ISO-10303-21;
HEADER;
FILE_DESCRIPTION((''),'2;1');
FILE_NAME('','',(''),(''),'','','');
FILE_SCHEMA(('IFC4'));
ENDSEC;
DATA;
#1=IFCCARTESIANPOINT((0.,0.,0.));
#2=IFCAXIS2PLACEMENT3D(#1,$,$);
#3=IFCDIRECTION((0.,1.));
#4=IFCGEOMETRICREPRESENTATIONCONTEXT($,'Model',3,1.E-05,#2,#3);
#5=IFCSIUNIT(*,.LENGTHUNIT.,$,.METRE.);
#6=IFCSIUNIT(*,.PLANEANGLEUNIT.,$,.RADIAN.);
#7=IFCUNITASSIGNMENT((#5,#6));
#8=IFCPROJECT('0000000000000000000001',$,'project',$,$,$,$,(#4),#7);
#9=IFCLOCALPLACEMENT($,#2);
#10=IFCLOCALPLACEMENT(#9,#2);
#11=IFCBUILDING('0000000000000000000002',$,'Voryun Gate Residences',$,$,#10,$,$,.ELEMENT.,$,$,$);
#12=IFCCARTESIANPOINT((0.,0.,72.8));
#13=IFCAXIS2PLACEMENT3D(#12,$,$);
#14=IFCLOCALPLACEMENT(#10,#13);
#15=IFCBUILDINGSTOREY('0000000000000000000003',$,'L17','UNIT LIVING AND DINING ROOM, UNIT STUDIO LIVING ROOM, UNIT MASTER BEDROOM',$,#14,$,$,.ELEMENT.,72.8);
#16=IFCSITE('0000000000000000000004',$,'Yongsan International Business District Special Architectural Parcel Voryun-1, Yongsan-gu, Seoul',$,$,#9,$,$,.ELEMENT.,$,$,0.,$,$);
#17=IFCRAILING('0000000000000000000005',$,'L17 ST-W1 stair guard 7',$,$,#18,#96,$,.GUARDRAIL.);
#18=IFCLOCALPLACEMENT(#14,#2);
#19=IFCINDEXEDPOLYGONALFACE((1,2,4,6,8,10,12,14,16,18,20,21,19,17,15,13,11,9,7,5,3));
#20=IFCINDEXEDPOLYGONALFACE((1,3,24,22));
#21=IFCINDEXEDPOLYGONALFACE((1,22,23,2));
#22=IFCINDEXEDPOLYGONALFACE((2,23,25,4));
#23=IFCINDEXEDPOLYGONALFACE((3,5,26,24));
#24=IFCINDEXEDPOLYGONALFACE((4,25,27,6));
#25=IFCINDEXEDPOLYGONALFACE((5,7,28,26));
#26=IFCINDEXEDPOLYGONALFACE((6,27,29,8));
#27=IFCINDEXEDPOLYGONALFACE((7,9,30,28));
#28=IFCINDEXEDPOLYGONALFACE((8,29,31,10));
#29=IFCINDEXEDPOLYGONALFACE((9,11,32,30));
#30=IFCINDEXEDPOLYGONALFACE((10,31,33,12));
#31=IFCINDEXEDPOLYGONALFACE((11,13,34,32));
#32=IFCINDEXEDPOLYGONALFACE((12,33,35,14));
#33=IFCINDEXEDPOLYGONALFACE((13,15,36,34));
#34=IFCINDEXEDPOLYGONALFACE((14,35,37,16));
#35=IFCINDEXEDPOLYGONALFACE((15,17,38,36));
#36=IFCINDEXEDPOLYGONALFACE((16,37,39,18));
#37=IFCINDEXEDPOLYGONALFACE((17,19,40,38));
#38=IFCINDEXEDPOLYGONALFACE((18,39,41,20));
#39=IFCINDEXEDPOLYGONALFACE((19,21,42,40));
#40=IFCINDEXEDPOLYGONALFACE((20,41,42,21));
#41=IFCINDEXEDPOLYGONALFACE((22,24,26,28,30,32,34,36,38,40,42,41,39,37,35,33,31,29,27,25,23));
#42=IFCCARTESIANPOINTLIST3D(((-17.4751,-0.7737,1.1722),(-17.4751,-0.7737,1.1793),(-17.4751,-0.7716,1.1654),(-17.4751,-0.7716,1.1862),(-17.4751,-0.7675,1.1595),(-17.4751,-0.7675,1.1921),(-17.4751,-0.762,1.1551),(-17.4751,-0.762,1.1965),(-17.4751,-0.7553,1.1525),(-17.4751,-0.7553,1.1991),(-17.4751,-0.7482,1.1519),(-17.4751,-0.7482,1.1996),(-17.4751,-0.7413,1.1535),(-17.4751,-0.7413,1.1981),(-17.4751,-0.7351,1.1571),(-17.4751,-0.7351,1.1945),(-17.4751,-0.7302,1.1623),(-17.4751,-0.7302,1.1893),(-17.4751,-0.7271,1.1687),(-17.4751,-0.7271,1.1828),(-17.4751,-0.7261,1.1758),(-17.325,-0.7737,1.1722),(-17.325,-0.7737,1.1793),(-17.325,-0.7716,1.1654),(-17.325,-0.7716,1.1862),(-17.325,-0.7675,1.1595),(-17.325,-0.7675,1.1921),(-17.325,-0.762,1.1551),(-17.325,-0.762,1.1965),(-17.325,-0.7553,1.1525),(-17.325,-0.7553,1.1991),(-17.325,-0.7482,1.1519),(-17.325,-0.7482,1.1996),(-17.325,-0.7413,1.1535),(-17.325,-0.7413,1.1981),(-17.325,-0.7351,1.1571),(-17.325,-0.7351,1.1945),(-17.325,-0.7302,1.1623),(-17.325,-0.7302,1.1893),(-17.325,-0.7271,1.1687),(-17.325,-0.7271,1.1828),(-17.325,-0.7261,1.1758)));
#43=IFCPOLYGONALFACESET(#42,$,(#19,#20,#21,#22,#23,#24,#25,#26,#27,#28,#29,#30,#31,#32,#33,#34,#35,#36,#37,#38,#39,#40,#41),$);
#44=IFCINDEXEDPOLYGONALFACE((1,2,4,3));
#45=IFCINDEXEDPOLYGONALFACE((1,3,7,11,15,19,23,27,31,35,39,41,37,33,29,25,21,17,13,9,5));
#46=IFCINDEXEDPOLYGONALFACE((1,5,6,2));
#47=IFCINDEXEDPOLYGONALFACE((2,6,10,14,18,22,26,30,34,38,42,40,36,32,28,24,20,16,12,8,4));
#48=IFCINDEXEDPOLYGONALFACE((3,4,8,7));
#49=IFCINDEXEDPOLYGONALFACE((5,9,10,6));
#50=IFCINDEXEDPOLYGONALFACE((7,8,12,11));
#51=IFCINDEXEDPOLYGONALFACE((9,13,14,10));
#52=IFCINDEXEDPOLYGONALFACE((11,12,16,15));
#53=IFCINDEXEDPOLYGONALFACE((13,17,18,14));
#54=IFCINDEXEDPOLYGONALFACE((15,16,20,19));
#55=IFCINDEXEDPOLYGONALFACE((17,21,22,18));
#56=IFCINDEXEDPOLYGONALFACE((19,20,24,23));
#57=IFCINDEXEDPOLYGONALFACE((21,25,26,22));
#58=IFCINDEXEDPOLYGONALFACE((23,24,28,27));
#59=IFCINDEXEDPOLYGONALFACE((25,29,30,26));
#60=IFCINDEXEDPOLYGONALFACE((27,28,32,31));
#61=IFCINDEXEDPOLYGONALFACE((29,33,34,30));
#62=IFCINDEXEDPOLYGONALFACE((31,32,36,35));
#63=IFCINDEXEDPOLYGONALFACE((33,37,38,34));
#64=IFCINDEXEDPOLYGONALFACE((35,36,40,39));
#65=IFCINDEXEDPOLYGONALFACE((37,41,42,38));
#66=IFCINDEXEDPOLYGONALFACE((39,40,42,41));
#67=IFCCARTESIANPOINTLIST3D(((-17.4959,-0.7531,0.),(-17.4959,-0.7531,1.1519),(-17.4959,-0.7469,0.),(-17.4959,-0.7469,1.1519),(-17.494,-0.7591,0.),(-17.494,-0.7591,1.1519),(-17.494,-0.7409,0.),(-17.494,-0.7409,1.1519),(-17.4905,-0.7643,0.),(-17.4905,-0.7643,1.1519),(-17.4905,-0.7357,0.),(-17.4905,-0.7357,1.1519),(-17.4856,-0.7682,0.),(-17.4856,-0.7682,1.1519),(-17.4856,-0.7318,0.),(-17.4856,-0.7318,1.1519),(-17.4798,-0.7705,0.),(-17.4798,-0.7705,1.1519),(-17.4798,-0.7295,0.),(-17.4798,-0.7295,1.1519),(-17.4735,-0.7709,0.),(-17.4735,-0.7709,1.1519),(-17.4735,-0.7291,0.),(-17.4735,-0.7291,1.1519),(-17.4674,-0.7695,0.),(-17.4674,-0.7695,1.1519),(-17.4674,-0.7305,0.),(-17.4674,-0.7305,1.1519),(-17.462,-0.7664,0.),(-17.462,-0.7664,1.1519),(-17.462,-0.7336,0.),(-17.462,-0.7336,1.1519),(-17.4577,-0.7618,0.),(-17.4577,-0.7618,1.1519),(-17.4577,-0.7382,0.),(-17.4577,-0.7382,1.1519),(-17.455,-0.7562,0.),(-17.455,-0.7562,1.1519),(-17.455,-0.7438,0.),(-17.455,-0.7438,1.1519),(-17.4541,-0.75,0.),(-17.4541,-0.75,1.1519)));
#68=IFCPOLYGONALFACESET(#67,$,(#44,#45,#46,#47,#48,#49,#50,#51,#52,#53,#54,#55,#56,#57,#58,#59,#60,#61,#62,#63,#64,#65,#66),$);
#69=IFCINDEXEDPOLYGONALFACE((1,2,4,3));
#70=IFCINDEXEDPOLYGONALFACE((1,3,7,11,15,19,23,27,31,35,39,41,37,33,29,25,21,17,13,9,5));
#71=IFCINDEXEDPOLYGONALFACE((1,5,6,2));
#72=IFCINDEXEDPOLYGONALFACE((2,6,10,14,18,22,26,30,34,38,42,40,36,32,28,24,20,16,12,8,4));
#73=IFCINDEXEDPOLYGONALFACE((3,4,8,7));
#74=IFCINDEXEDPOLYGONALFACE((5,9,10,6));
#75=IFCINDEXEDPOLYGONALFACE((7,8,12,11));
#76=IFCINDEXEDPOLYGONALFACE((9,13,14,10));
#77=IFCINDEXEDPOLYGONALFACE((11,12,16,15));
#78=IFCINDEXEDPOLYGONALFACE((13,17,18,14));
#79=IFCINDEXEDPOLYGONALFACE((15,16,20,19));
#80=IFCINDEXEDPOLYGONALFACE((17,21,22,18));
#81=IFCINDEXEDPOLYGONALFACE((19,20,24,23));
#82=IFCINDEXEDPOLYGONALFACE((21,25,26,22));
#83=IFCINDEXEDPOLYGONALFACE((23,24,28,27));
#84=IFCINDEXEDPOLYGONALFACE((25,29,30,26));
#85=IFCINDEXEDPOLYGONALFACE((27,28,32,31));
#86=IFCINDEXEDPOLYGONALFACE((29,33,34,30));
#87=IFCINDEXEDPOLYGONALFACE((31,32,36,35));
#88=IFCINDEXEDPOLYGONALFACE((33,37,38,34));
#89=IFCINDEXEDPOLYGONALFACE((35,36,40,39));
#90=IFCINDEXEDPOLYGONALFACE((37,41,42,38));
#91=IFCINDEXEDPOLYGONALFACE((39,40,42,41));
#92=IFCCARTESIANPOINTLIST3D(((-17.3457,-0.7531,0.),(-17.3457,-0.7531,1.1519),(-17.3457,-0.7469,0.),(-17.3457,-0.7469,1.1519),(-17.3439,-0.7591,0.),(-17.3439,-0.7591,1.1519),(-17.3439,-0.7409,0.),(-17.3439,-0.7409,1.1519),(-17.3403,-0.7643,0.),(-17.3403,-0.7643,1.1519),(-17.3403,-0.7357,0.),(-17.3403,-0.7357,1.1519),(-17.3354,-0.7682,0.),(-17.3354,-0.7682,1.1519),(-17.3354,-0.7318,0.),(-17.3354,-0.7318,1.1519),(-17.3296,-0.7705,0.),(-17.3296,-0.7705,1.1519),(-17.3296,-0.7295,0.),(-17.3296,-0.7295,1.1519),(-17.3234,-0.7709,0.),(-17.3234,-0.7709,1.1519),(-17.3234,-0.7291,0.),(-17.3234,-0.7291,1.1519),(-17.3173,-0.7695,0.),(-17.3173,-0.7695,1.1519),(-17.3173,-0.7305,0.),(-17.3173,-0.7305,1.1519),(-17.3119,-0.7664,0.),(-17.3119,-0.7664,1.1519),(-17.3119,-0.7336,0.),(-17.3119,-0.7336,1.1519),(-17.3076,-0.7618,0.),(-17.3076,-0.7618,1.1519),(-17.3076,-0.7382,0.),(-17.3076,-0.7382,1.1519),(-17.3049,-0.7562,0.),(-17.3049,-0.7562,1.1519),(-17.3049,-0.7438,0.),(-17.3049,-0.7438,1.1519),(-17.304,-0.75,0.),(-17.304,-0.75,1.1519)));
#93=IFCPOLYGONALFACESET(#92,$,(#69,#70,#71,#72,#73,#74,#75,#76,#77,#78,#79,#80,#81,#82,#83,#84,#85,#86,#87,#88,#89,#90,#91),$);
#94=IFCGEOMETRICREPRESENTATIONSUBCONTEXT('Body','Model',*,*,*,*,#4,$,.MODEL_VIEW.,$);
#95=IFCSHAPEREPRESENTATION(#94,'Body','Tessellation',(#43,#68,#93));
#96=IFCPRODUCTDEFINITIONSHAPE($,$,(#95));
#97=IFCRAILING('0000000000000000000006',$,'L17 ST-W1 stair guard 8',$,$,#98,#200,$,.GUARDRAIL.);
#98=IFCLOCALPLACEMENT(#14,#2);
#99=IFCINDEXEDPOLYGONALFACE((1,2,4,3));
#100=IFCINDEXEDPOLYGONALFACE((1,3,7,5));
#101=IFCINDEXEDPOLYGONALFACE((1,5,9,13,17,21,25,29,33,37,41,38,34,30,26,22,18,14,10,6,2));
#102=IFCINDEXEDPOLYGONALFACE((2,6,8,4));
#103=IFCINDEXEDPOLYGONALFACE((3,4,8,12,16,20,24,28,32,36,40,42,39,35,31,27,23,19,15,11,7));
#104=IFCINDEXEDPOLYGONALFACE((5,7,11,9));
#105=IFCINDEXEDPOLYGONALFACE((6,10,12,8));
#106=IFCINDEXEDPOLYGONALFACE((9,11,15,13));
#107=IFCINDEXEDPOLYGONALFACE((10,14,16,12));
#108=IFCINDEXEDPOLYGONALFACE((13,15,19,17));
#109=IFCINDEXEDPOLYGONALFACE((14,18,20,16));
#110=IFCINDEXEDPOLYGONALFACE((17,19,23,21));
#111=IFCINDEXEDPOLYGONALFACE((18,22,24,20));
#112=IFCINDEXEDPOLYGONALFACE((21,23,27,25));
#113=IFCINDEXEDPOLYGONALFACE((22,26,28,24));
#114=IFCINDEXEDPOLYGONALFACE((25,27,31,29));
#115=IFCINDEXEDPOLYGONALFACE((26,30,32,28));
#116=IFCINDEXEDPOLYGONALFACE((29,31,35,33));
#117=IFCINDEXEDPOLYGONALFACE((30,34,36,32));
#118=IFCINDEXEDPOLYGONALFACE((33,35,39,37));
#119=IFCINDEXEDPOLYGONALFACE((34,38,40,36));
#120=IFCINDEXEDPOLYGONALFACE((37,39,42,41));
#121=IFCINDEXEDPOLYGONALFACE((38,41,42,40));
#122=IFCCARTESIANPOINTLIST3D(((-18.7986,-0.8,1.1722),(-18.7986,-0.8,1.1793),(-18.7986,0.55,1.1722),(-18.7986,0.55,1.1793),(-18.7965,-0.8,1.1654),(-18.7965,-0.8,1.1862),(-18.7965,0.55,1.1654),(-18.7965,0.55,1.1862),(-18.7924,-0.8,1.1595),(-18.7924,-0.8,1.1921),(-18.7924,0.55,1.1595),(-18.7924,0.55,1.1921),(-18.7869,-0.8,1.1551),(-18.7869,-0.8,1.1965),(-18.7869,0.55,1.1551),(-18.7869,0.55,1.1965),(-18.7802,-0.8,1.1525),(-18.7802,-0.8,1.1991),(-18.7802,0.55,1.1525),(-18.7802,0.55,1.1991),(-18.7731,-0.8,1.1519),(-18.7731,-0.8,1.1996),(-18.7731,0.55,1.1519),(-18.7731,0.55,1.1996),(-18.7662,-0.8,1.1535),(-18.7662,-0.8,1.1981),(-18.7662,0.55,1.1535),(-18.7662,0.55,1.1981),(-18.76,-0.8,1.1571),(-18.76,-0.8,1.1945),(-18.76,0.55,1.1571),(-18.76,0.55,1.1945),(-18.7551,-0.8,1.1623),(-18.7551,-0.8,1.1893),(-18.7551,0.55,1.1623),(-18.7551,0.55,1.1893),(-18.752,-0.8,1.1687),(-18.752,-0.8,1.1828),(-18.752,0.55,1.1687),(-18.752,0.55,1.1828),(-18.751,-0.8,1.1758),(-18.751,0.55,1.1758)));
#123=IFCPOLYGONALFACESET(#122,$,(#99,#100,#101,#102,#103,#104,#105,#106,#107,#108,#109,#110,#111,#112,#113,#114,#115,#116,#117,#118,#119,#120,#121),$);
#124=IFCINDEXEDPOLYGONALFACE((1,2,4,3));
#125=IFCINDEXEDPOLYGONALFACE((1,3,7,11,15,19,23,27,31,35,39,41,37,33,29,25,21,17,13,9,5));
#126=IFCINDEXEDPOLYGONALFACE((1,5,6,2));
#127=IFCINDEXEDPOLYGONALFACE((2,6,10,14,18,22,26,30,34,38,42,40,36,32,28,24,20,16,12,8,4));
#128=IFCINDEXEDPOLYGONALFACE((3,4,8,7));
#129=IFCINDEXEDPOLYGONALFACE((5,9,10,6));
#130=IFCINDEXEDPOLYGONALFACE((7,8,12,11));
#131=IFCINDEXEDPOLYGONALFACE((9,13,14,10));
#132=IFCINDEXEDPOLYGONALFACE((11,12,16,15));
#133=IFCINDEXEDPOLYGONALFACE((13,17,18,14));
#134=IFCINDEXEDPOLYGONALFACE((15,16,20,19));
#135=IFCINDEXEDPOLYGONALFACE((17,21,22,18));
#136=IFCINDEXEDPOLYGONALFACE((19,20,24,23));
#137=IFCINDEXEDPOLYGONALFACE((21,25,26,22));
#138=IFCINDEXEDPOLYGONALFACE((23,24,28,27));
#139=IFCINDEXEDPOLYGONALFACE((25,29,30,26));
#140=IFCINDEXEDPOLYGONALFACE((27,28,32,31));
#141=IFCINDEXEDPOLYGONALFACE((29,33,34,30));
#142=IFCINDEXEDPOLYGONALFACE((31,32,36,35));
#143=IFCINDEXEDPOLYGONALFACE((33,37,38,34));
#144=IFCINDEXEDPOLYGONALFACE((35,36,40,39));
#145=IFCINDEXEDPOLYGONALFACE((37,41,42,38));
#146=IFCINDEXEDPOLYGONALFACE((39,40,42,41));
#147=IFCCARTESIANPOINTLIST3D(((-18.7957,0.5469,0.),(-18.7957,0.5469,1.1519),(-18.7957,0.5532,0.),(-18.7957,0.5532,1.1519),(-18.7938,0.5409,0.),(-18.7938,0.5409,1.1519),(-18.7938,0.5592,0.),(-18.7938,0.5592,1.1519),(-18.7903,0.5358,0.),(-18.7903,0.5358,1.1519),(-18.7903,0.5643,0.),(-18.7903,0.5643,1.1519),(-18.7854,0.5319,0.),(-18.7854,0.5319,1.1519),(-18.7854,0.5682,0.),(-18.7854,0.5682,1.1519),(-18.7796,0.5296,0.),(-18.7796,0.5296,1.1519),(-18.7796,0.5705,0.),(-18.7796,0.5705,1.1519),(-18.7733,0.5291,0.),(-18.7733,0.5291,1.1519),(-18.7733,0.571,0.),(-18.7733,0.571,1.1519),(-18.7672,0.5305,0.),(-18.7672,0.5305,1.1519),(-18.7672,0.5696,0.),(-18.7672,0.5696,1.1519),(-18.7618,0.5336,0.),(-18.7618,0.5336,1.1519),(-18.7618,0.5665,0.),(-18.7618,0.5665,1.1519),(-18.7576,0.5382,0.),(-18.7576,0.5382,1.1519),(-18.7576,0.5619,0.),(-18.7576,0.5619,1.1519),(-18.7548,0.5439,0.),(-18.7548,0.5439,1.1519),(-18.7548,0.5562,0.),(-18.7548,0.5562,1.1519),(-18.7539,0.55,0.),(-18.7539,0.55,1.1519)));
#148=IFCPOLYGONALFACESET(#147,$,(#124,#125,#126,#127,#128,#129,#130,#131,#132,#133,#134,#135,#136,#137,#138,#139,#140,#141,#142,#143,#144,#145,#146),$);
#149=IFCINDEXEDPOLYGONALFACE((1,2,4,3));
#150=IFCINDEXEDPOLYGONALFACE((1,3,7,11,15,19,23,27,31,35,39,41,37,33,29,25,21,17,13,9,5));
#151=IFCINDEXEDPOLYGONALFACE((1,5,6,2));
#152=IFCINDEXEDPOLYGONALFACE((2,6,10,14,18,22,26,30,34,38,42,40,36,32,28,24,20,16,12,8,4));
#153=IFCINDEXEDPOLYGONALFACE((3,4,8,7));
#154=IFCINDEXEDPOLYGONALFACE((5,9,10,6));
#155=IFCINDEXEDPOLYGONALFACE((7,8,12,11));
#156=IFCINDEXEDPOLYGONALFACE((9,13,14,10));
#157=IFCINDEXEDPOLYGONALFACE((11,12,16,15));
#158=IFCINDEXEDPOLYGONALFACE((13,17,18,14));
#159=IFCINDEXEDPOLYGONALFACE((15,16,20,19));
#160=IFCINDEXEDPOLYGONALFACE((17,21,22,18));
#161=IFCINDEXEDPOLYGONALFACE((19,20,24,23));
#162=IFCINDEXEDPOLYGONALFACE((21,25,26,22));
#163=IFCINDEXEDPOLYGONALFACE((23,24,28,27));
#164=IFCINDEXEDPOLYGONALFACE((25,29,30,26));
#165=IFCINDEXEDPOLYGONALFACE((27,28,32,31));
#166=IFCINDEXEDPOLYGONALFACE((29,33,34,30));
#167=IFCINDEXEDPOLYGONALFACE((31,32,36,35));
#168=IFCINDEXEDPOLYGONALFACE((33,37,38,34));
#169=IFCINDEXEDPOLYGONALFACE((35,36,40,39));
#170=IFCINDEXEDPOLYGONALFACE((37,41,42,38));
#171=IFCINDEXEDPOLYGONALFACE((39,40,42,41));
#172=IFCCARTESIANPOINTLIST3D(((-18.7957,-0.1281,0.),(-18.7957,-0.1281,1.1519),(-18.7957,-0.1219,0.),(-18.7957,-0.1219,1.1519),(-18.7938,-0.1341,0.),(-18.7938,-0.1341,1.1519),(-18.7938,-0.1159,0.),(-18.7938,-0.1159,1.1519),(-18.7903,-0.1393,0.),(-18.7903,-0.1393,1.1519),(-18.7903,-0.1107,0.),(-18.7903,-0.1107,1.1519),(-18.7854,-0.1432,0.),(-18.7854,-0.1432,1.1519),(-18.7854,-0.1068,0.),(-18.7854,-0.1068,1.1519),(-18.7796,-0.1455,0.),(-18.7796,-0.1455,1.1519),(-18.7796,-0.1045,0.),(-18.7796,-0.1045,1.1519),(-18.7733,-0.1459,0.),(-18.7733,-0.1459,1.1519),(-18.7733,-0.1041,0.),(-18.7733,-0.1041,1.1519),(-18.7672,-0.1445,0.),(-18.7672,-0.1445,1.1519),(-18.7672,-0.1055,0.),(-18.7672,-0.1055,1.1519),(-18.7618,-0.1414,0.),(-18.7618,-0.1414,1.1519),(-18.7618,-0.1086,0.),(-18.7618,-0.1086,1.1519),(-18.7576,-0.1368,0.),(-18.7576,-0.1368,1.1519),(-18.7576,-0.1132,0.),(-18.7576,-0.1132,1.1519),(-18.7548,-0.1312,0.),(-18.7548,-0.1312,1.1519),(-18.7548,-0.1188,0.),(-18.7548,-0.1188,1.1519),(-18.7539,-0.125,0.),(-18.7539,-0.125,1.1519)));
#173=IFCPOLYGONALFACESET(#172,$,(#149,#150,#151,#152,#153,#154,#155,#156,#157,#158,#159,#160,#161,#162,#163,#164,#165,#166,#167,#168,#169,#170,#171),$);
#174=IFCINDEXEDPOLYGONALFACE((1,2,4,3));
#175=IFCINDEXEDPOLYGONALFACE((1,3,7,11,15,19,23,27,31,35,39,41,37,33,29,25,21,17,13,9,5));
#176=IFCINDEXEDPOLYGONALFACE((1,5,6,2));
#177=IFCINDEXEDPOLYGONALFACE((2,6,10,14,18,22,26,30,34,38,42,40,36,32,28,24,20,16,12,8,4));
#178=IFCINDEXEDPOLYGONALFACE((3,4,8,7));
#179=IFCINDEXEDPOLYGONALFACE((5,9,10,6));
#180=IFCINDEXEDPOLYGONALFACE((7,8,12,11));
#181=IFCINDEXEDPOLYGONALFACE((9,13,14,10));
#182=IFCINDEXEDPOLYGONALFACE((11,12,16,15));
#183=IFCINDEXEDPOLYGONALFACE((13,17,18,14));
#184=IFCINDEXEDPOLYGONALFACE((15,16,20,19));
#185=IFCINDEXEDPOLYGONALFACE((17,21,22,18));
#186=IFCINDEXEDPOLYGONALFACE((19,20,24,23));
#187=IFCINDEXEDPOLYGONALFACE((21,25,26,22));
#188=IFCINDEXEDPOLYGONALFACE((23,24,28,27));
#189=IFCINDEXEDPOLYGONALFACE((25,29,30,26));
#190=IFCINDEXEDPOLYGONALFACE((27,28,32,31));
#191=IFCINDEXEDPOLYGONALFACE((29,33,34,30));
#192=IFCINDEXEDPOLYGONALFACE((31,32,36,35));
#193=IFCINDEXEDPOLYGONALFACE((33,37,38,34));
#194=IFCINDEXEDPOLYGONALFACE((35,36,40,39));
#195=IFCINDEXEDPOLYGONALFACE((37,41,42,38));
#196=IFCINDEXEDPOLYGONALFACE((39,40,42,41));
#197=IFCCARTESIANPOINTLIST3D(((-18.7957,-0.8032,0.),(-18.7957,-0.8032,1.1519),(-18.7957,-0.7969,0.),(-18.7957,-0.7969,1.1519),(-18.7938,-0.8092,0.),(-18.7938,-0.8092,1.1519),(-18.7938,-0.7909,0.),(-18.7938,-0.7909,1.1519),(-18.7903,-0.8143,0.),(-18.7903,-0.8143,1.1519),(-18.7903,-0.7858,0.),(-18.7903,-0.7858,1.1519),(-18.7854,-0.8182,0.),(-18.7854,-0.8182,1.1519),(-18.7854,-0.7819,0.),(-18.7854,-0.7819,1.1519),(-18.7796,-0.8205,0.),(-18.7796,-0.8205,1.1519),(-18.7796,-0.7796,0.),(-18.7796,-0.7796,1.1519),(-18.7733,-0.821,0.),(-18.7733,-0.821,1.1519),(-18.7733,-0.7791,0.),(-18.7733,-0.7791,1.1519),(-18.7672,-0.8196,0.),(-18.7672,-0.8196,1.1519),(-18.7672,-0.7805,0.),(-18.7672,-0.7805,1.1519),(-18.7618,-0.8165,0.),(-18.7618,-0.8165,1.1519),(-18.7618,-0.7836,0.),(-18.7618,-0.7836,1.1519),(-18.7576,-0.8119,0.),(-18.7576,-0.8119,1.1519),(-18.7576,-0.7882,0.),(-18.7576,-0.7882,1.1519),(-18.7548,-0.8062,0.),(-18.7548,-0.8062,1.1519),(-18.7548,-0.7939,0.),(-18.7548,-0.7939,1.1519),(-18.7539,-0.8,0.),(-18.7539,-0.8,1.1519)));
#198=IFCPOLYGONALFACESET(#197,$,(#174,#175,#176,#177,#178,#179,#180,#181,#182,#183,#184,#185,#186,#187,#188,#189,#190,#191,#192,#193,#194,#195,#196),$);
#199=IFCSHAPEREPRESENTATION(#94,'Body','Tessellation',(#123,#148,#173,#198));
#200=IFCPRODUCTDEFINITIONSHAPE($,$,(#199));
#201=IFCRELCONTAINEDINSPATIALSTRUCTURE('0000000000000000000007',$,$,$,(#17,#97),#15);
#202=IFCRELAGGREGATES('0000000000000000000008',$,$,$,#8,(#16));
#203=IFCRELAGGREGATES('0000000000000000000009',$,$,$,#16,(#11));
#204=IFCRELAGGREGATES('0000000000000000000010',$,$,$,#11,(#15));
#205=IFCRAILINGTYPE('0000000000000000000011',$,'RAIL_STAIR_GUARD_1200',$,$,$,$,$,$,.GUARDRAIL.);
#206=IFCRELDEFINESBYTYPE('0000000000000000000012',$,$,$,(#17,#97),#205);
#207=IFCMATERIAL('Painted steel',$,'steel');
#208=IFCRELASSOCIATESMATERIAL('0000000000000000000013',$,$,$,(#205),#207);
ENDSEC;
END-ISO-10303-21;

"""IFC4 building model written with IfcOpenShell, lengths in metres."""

from ifc_helpers import new_model, si_unit, direction, frame, origin, origin_2d, place, context, subcontext, project, spatial, circle, extrude, material, type_object, element, save


model = new_model("IFC4")

# Units and contexts
model_context = context("Model", 3, precision=1e-05, world=origin(), true_north=direction((0.0, 1.0)))
body_context = subcontext(model_context, "Body", "Model", "MODEL_VIEW")
ifc_project = project(units=[si_unit("LENGTHUNIT", "METRE"), si_unit("PLANEANGLEUNIT", "RADIAN")], contexts=[model_context])

# Site, building, storey
site_placement = place(None, origin())
site = spatial("IfcSite", under=ifc_project, at=site_placement, Name="Yongsan International Business District Special Architectural Parcel Voryun-1, Yongsan-gu, Seoul", CompositionType="ELEMENT", RefElevation=0.0)
building_placement = place(site_placement, origin())
building = spatial("IfcBuilding", under=site, at=building_placement, Name="Voryun Gate Residences", CompositionType="ELEMENT")
storey_placement = place(building_placement, frame((0.0, 0.0, 72.8)))
storey = spatial("IfcBuildingStorey", under=building, at=storey_placement, Name="L17", Description="UNIT LIVING AND DINING ROOM, UNIT STUDIO LIVING ROOM, UNIT MASTER BEDROOM", CompositionType="ELEMENT", Elevation=72.8)

# Railings
ifc_material_1 = material(Name="Painted steel", Category="steel")
railing_type = type_object("IfcRailingType", Name="RAIL_STAIR_GUARD_1200", PredefinedType="GUARDRAIL", material=ifc_material_1)
railing_placement = place(storey_placement, frame((-17.4751, -0.75, 0.0)))
element("IfcRailing", 1, at=railing_placement, inside=storey, type_object=railing_type, Name="L17 ST-W1 stair guard 7", PredefinedType="GUARDRAIL", context=body_context, shape_type="SweptSolid", body=[
    extrude(circle(Radius=0.0239, at=origin_2d()), frame((0.0, 0.0, 1.1758), z_axis=(1.0, 0.0, 0.0), x_axis=(0.0, 1.0, 0.0)), (0.0, 0.0, 1.0), 0.1501),
    extrude(circle(Radius=0.021, at=origin_2d()), origin(), (0.0, 0.0, 1.0), 1.1519),
    extrude(circle(Radius=0.021, at=origin_2d()), frame((0.1501, 0.0, 0.0)), (0.0, 0.0, 1.0), 1.1519),
])
for number, where, name in (
    (2, (-18.7749, 0.55, 0.0), "L17 ST-W1 stair guard 8"),
):
    element("IfcRailing", number, at=place(storey_placement, frame(where)), inside=storey, type_object=railing_type, Name=name, PredefinedType="GUARDRAIL", context=body_context, shape_type="SweptSolid", body=[
        extrude(circle(Radius=0.0239, at=origin_2d()), frame((0.0, 0.0, 1.1758), z_axis=(0.0, -1.0, 0.0), x_axis=(1.0, 0.0, 0.0)), (0.0, 0.0, 1.0), 1.3501),
        extrude(circle(Radius=0.021, at=origin_2d()), origin(), (0.0, 0.0, 1.0), 1.1519),
        extrude(circle(Radius=0.021, at=origin_2d()), frame((0.0, -0.675, 0.0)), (0.0, 0.0, 1.0), 1.1519),
        extrude(circle(Radius=0.021, at=origin_2d()), frame((0.0, -1.3501, 0.0)), (0.0, 0.0, 1.0), 1.1519),
    ])

save(model, "model.ifc")
